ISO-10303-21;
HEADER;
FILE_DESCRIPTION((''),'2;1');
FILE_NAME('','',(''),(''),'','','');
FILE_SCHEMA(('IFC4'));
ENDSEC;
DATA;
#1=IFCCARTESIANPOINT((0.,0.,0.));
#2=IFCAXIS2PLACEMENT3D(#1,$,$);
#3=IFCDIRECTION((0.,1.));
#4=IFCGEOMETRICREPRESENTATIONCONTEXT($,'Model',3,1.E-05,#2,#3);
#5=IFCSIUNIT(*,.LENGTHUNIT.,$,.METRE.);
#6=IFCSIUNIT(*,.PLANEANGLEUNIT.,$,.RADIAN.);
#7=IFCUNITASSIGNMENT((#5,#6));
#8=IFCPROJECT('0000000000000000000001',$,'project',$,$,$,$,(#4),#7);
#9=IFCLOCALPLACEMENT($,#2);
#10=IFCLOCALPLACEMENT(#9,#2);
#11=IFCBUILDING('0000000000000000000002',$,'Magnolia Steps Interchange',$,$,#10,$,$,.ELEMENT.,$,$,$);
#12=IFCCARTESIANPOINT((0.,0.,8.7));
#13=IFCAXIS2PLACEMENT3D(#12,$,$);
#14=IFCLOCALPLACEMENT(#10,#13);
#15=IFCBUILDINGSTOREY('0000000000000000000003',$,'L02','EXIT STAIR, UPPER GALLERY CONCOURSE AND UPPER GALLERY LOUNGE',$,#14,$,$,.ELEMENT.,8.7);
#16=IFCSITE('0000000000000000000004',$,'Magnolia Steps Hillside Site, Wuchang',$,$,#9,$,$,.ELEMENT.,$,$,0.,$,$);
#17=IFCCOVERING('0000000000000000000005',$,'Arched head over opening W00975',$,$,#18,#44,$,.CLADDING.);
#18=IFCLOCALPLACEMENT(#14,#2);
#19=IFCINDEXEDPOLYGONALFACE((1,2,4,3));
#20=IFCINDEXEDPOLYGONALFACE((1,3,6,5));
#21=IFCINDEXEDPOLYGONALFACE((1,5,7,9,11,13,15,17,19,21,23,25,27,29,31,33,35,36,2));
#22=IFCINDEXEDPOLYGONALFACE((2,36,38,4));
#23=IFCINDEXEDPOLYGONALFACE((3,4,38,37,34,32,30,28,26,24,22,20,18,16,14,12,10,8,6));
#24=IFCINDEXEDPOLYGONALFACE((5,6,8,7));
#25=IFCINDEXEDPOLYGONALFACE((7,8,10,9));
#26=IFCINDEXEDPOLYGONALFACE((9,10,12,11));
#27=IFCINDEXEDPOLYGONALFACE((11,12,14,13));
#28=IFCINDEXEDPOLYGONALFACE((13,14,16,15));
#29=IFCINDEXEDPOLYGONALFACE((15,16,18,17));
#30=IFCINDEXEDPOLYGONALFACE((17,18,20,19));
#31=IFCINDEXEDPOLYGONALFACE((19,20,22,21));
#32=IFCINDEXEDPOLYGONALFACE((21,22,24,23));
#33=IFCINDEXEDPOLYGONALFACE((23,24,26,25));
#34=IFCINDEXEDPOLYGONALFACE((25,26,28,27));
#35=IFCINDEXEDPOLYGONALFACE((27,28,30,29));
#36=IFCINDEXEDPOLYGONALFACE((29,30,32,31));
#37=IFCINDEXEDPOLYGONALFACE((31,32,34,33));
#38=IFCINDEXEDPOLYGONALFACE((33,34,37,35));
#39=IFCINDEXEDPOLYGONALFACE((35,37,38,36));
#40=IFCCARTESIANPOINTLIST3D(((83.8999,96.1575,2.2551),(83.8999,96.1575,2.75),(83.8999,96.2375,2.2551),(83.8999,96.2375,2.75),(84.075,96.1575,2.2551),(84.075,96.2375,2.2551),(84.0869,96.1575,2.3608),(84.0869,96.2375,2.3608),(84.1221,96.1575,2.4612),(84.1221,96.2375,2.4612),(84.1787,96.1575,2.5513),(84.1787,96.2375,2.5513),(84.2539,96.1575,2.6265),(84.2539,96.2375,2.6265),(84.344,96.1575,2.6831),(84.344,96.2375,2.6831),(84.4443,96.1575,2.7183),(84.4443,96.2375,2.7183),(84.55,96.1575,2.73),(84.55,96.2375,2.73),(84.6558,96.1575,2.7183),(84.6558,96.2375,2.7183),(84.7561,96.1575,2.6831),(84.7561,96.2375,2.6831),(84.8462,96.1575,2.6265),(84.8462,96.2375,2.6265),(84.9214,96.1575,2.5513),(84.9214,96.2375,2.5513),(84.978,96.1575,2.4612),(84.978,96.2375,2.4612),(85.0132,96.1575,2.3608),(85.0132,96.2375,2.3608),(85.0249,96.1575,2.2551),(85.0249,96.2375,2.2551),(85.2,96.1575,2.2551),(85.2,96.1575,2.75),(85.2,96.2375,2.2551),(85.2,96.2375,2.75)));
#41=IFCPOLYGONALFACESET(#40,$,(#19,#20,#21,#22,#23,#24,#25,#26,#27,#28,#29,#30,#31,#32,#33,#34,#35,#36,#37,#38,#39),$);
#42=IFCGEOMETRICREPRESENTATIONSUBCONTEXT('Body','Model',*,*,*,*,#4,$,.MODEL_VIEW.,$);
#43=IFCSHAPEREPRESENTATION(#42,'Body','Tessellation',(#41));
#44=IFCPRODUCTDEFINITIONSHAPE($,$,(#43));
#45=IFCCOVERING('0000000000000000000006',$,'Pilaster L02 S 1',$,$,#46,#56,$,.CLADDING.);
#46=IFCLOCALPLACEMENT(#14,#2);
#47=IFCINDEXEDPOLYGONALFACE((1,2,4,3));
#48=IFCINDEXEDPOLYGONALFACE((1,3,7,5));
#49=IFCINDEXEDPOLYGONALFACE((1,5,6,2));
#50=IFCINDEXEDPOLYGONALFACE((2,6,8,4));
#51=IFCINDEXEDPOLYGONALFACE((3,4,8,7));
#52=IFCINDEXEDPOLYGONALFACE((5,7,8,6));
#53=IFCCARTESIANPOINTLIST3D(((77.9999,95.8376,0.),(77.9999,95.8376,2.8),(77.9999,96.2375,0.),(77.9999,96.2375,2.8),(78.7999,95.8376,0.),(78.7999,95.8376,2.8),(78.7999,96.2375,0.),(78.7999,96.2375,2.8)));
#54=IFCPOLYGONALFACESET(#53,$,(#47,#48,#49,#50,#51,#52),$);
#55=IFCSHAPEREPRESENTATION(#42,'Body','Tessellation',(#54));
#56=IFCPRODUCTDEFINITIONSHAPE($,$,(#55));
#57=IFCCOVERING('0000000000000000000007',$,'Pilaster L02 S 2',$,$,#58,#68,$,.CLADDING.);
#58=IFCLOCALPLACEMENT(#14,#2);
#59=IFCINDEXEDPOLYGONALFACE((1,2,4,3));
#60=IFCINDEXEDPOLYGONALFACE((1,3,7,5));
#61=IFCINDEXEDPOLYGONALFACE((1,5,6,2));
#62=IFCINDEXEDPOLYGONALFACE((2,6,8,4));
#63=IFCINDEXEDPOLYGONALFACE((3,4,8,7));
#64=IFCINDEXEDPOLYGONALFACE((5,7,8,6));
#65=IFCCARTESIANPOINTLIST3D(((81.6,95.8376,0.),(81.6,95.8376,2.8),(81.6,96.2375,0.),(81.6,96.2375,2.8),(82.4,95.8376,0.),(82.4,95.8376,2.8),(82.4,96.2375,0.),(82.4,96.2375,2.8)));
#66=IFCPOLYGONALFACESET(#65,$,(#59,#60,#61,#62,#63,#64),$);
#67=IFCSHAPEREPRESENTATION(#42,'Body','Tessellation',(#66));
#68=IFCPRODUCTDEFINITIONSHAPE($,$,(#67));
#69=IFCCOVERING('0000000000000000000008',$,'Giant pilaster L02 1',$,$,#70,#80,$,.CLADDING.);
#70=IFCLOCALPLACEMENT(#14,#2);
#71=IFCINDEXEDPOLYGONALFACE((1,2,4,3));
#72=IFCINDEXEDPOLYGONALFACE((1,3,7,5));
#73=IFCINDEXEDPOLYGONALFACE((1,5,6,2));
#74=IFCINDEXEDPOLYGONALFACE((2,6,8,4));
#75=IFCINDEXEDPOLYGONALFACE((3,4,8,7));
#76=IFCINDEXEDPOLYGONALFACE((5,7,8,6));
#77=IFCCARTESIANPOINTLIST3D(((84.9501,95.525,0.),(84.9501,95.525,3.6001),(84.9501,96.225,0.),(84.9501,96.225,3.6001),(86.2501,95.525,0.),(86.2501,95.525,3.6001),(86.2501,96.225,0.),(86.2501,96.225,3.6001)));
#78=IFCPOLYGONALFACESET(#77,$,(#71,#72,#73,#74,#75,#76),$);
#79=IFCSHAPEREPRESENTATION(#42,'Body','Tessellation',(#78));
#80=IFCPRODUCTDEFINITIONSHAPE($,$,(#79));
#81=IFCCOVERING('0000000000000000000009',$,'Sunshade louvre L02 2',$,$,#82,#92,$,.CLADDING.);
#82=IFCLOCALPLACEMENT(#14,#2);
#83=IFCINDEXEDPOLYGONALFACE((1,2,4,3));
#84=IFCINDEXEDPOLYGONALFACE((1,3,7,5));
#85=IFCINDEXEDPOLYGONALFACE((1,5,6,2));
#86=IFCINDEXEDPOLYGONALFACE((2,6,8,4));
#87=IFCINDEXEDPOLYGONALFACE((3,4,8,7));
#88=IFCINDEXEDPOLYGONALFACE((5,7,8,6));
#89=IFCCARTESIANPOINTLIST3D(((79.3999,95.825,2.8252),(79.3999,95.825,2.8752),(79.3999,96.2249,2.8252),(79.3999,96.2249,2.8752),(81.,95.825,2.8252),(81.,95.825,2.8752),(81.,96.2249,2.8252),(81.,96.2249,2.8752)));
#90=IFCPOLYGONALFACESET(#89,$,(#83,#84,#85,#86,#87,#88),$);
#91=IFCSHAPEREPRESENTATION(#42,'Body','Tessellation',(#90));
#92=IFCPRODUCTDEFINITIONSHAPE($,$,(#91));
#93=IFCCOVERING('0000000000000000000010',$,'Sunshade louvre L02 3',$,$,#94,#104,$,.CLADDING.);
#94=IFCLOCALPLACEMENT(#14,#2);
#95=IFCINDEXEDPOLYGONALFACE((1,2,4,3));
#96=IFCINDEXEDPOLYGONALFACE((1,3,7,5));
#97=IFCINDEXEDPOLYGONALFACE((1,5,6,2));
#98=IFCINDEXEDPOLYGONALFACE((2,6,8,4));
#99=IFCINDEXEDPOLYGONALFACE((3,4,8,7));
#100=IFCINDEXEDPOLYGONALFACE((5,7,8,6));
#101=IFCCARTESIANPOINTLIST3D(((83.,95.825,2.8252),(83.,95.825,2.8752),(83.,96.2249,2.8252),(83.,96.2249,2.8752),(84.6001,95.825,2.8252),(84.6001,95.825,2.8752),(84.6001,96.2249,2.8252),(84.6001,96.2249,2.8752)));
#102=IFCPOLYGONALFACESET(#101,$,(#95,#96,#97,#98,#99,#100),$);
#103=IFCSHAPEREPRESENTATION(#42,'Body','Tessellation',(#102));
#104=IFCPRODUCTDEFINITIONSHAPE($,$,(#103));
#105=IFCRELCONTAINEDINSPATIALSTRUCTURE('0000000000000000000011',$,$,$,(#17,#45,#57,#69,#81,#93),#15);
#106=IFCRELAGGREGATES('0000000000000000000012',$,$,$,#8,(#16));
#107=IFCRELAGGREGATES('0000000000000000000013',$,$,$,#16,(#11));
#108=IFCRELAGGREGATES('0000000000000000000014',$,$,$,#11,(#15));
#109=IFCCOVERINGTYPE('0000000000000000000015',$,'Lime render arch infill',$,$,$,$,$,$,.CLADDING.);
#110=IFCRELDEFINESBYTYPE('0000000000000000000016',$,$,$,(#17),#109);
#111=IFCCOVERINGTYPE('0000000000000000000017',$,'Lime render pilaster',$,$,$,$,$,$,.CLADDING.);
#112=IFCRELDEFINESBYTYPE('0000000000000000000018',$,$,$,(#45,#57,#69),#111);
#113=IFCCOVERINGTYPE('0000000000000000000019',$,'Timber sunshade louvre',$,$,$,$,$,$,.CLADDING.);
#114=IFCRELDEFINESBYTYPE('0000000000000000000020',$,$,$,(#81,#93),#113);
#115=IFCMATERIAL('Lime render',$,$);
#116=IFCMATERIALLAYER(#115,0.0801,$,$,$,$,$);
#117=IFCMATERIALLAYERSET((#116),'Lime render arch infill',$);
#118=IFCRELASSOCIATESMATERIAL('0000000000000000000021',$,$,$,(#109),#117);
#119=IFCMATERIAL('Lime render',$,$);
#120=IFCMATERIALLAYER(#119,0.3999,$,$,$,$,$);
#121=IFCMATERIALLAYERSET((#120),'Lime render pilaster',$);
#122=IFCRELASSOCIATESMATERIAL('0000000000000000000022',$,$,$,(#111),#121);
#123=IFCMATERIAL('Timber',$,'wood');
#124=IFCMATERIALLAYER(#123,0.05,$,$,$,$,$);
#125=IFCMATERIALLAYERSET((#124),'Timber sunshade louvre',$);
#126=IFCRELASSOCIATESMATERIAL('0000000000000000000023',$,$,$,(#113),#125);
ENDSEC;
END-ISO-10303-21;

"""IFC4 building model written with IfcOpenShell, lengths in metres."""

from ifc_helpers import new_model, si_unit, direction, frame, origin, origin_2d, place, context, subcontext, project, spatial, polyline, rectangle, outline, extrude, material, layer, layer_set, type_object, element, save


model = new_model("IFC4")

# Units and contexts
model_context = context("Model", 3, precision=1e-05, world=origin(), true_north=direction((0.0, 1.0)))
body_context = subcontext(model_context, "Body", "Model", "MODEL_VIEW")
ifc_project = project(units=[si_unit("LENGTHUNIT", "METRE"), si_unit("PLANEANGLEUNIT", "RADIAN")], contexts=[model_context])

# Site, building, storey
site_placement = place(None, origin())
site = spatial("IfcSite", under=ifc_project, at=site_placement, Name="Magnolia Steps Hillside Site, Wuchang", CompositionType="ELEMENT", RefElevation=0.0)
building_placement = place(site_placement, origin())
building = spatial("IfcBuilding", under=site, at=building_placement, Name="Magnolia Steps Interchange", CompositionType="ELEMENT")
storey_placement = place(building_placement, frame((0.0, 0.0, 8.7)))
storey = spatial("IfcBuildingStorey", under=building, at=storey_placement, Name="L02", Description="EXIT STAIR, UPPER GALLERY CONCOURSE AND UPPER GALLERY LOUNGE", CompositionType="ELEMENT", Elevation=8.7)

# Coverings
ifc_material_1 = material(Name="Lime render")
ifc_layer_1 = layer(ifc_material_1, 0.0801)
ifc_layer_set_1 = layer_set([ifc_layer_1], Name="Lime render arch infill")
covering_type_1 = type_object("IfcCoveringType", Name="Lime render arch infill", PredefinedType="CLADDING", material=ifc_layer_set_1)
for number, where, z_axis, x_axis, name in (
    (1, (83.8999, 96.2375, 2.2551), (0.0, 1.0, 0.0), (0.0, 0.0, 1.0), "Arched head over opening W00975"),
):
    element("IfcCovering", number, at=place(storey_placement, frame(where, z_axis=z_axis, x_axis=x_axis)), inside=storey, type_object=covering_type_1, Name=name, PredefinedType="CLADDING", context=body_context, shape_type="SweptSolid", body=[
        extrude(outline(polyline([(0.0, 0.0), (0.4949, 0.0), (0.4949, 1.3), (0.0, 1.3), (0.0, 1.125), (0.1057, 1.1133), (0.2061, 1.0781), (0.2961, 1.0215), (0.3713, 0.9463), (0.428, 0.8562), (0.4631, 0.7559), (0.4749, 0.6501), (0.4631, 0.5444), (0.428, 0.4441), (0.3713, 0.354), (0.2961, 0.2788), (0.2061, 0.2222), (0.1057, 0.187), (0.0, 0.175), (0.0, 0.0)])), origin(), (0.0, 0.0, -1.0), 0.0801),
    ])
ifc_material_2 = material(Name="Lime render")
ifc_layer_2 = layer(ifc_material_2, 0.3999)
ifc_layer_set_2 = layer_set([ifc_layer_2], Name="Lime render pilaster")
covering_type_2 = type_object("IfcCoveringType", Name="Lime render pilaster", PredefinedType="CLADDING", material=ifc_layer_set_2)
for number, where, z_axis, x_axis, name in (
    (2, (78.3999, 96.0376, 0.0), (0.0, 0.0, 1.0), (1.0, 0.0, 0.0), "Pilaster L02 S 1"),
    (3, (82.0, 96.0376, 0.0), (0.0, 0.0, 1.0), (1.0, 0.0, 0.0), "Pilaster L02 S 2"),
):
    element("IfcCovering", number, at=place(storey_placement, frame(where, z_axis=z_axis, x_axis=x_axis)), inside=storey, type_object=covering_type_2, Name=name, PredefinedType="CLADDING", context=body_context, shape_type="SweptSolid", body=[
        extrude(rectangle(XDim=0.8, YDim=0.3999, at=origin_2d()), origin(), (0.0, 0.0, 1.0), 2.8),
    ])
covering_placement = place(storey_placement, frame((85.6001, 95.875, 0.0), z_axis=(0.0, 0.0, 1.0), x_axis=(1.0, 0.0, 0.0)))
element("IfcCovering", 4, at=covering_placement, inside=storey, type_object=covering_type_2, Name="Giant pilaster L02 1", PredefinedType="CLADDING", context=body_context, shape_type="SweptSolid", body=[
    extrude(rectangle(XDim=1.3, YDim=0.7, at=origin_2d()), origin(), (0.0, 0.0, 1.0), 3.6001),
])
ifc_material_3 = material(Name="Timber", Category="wood")
ifc_layer_3 = layer(ifc_material_3, 0.05)
ifc_layer_set_3 = layer_set([ifc_layer_3], Name="Timber sunshade louvre")
covering_type_3 = type_object("IfcCoveringType", Name="Timber sunshade louvre", PredefinedType="CLADDING", material=ifc_layer_set_3)
for number, where, z_axis, x_axis, name in (
    (5, (80.2, 96.0249, 2.8252), (0.0, 0.0, 1.0), (1.0, 0.0, 0.0), "Sunshade louvre L02 2"),
    (6, (83.8, 96.0249, 2.8252), (0.0, 0.0, 1.0), (1.0, 0.0, 0.0), "Sunshade louvre L02 3"),
):
    element("IfcCovering", number, at=place(storey_placement, frame(where, z_axis=z_axis, x_axis=x_axis)), inside=storey, type_object=covering_type_3, Name=name, PredefinedType="CLADDING", context=body_context, shape_type="SweptSolid", body=[
        extrude(rectangle(XDim=1.6001, YDim=0.3999, at=origin_2d()), origin(), (0.0, 0.0, 1.0), 0.05),
    ])

save(model, "model.ifc")
